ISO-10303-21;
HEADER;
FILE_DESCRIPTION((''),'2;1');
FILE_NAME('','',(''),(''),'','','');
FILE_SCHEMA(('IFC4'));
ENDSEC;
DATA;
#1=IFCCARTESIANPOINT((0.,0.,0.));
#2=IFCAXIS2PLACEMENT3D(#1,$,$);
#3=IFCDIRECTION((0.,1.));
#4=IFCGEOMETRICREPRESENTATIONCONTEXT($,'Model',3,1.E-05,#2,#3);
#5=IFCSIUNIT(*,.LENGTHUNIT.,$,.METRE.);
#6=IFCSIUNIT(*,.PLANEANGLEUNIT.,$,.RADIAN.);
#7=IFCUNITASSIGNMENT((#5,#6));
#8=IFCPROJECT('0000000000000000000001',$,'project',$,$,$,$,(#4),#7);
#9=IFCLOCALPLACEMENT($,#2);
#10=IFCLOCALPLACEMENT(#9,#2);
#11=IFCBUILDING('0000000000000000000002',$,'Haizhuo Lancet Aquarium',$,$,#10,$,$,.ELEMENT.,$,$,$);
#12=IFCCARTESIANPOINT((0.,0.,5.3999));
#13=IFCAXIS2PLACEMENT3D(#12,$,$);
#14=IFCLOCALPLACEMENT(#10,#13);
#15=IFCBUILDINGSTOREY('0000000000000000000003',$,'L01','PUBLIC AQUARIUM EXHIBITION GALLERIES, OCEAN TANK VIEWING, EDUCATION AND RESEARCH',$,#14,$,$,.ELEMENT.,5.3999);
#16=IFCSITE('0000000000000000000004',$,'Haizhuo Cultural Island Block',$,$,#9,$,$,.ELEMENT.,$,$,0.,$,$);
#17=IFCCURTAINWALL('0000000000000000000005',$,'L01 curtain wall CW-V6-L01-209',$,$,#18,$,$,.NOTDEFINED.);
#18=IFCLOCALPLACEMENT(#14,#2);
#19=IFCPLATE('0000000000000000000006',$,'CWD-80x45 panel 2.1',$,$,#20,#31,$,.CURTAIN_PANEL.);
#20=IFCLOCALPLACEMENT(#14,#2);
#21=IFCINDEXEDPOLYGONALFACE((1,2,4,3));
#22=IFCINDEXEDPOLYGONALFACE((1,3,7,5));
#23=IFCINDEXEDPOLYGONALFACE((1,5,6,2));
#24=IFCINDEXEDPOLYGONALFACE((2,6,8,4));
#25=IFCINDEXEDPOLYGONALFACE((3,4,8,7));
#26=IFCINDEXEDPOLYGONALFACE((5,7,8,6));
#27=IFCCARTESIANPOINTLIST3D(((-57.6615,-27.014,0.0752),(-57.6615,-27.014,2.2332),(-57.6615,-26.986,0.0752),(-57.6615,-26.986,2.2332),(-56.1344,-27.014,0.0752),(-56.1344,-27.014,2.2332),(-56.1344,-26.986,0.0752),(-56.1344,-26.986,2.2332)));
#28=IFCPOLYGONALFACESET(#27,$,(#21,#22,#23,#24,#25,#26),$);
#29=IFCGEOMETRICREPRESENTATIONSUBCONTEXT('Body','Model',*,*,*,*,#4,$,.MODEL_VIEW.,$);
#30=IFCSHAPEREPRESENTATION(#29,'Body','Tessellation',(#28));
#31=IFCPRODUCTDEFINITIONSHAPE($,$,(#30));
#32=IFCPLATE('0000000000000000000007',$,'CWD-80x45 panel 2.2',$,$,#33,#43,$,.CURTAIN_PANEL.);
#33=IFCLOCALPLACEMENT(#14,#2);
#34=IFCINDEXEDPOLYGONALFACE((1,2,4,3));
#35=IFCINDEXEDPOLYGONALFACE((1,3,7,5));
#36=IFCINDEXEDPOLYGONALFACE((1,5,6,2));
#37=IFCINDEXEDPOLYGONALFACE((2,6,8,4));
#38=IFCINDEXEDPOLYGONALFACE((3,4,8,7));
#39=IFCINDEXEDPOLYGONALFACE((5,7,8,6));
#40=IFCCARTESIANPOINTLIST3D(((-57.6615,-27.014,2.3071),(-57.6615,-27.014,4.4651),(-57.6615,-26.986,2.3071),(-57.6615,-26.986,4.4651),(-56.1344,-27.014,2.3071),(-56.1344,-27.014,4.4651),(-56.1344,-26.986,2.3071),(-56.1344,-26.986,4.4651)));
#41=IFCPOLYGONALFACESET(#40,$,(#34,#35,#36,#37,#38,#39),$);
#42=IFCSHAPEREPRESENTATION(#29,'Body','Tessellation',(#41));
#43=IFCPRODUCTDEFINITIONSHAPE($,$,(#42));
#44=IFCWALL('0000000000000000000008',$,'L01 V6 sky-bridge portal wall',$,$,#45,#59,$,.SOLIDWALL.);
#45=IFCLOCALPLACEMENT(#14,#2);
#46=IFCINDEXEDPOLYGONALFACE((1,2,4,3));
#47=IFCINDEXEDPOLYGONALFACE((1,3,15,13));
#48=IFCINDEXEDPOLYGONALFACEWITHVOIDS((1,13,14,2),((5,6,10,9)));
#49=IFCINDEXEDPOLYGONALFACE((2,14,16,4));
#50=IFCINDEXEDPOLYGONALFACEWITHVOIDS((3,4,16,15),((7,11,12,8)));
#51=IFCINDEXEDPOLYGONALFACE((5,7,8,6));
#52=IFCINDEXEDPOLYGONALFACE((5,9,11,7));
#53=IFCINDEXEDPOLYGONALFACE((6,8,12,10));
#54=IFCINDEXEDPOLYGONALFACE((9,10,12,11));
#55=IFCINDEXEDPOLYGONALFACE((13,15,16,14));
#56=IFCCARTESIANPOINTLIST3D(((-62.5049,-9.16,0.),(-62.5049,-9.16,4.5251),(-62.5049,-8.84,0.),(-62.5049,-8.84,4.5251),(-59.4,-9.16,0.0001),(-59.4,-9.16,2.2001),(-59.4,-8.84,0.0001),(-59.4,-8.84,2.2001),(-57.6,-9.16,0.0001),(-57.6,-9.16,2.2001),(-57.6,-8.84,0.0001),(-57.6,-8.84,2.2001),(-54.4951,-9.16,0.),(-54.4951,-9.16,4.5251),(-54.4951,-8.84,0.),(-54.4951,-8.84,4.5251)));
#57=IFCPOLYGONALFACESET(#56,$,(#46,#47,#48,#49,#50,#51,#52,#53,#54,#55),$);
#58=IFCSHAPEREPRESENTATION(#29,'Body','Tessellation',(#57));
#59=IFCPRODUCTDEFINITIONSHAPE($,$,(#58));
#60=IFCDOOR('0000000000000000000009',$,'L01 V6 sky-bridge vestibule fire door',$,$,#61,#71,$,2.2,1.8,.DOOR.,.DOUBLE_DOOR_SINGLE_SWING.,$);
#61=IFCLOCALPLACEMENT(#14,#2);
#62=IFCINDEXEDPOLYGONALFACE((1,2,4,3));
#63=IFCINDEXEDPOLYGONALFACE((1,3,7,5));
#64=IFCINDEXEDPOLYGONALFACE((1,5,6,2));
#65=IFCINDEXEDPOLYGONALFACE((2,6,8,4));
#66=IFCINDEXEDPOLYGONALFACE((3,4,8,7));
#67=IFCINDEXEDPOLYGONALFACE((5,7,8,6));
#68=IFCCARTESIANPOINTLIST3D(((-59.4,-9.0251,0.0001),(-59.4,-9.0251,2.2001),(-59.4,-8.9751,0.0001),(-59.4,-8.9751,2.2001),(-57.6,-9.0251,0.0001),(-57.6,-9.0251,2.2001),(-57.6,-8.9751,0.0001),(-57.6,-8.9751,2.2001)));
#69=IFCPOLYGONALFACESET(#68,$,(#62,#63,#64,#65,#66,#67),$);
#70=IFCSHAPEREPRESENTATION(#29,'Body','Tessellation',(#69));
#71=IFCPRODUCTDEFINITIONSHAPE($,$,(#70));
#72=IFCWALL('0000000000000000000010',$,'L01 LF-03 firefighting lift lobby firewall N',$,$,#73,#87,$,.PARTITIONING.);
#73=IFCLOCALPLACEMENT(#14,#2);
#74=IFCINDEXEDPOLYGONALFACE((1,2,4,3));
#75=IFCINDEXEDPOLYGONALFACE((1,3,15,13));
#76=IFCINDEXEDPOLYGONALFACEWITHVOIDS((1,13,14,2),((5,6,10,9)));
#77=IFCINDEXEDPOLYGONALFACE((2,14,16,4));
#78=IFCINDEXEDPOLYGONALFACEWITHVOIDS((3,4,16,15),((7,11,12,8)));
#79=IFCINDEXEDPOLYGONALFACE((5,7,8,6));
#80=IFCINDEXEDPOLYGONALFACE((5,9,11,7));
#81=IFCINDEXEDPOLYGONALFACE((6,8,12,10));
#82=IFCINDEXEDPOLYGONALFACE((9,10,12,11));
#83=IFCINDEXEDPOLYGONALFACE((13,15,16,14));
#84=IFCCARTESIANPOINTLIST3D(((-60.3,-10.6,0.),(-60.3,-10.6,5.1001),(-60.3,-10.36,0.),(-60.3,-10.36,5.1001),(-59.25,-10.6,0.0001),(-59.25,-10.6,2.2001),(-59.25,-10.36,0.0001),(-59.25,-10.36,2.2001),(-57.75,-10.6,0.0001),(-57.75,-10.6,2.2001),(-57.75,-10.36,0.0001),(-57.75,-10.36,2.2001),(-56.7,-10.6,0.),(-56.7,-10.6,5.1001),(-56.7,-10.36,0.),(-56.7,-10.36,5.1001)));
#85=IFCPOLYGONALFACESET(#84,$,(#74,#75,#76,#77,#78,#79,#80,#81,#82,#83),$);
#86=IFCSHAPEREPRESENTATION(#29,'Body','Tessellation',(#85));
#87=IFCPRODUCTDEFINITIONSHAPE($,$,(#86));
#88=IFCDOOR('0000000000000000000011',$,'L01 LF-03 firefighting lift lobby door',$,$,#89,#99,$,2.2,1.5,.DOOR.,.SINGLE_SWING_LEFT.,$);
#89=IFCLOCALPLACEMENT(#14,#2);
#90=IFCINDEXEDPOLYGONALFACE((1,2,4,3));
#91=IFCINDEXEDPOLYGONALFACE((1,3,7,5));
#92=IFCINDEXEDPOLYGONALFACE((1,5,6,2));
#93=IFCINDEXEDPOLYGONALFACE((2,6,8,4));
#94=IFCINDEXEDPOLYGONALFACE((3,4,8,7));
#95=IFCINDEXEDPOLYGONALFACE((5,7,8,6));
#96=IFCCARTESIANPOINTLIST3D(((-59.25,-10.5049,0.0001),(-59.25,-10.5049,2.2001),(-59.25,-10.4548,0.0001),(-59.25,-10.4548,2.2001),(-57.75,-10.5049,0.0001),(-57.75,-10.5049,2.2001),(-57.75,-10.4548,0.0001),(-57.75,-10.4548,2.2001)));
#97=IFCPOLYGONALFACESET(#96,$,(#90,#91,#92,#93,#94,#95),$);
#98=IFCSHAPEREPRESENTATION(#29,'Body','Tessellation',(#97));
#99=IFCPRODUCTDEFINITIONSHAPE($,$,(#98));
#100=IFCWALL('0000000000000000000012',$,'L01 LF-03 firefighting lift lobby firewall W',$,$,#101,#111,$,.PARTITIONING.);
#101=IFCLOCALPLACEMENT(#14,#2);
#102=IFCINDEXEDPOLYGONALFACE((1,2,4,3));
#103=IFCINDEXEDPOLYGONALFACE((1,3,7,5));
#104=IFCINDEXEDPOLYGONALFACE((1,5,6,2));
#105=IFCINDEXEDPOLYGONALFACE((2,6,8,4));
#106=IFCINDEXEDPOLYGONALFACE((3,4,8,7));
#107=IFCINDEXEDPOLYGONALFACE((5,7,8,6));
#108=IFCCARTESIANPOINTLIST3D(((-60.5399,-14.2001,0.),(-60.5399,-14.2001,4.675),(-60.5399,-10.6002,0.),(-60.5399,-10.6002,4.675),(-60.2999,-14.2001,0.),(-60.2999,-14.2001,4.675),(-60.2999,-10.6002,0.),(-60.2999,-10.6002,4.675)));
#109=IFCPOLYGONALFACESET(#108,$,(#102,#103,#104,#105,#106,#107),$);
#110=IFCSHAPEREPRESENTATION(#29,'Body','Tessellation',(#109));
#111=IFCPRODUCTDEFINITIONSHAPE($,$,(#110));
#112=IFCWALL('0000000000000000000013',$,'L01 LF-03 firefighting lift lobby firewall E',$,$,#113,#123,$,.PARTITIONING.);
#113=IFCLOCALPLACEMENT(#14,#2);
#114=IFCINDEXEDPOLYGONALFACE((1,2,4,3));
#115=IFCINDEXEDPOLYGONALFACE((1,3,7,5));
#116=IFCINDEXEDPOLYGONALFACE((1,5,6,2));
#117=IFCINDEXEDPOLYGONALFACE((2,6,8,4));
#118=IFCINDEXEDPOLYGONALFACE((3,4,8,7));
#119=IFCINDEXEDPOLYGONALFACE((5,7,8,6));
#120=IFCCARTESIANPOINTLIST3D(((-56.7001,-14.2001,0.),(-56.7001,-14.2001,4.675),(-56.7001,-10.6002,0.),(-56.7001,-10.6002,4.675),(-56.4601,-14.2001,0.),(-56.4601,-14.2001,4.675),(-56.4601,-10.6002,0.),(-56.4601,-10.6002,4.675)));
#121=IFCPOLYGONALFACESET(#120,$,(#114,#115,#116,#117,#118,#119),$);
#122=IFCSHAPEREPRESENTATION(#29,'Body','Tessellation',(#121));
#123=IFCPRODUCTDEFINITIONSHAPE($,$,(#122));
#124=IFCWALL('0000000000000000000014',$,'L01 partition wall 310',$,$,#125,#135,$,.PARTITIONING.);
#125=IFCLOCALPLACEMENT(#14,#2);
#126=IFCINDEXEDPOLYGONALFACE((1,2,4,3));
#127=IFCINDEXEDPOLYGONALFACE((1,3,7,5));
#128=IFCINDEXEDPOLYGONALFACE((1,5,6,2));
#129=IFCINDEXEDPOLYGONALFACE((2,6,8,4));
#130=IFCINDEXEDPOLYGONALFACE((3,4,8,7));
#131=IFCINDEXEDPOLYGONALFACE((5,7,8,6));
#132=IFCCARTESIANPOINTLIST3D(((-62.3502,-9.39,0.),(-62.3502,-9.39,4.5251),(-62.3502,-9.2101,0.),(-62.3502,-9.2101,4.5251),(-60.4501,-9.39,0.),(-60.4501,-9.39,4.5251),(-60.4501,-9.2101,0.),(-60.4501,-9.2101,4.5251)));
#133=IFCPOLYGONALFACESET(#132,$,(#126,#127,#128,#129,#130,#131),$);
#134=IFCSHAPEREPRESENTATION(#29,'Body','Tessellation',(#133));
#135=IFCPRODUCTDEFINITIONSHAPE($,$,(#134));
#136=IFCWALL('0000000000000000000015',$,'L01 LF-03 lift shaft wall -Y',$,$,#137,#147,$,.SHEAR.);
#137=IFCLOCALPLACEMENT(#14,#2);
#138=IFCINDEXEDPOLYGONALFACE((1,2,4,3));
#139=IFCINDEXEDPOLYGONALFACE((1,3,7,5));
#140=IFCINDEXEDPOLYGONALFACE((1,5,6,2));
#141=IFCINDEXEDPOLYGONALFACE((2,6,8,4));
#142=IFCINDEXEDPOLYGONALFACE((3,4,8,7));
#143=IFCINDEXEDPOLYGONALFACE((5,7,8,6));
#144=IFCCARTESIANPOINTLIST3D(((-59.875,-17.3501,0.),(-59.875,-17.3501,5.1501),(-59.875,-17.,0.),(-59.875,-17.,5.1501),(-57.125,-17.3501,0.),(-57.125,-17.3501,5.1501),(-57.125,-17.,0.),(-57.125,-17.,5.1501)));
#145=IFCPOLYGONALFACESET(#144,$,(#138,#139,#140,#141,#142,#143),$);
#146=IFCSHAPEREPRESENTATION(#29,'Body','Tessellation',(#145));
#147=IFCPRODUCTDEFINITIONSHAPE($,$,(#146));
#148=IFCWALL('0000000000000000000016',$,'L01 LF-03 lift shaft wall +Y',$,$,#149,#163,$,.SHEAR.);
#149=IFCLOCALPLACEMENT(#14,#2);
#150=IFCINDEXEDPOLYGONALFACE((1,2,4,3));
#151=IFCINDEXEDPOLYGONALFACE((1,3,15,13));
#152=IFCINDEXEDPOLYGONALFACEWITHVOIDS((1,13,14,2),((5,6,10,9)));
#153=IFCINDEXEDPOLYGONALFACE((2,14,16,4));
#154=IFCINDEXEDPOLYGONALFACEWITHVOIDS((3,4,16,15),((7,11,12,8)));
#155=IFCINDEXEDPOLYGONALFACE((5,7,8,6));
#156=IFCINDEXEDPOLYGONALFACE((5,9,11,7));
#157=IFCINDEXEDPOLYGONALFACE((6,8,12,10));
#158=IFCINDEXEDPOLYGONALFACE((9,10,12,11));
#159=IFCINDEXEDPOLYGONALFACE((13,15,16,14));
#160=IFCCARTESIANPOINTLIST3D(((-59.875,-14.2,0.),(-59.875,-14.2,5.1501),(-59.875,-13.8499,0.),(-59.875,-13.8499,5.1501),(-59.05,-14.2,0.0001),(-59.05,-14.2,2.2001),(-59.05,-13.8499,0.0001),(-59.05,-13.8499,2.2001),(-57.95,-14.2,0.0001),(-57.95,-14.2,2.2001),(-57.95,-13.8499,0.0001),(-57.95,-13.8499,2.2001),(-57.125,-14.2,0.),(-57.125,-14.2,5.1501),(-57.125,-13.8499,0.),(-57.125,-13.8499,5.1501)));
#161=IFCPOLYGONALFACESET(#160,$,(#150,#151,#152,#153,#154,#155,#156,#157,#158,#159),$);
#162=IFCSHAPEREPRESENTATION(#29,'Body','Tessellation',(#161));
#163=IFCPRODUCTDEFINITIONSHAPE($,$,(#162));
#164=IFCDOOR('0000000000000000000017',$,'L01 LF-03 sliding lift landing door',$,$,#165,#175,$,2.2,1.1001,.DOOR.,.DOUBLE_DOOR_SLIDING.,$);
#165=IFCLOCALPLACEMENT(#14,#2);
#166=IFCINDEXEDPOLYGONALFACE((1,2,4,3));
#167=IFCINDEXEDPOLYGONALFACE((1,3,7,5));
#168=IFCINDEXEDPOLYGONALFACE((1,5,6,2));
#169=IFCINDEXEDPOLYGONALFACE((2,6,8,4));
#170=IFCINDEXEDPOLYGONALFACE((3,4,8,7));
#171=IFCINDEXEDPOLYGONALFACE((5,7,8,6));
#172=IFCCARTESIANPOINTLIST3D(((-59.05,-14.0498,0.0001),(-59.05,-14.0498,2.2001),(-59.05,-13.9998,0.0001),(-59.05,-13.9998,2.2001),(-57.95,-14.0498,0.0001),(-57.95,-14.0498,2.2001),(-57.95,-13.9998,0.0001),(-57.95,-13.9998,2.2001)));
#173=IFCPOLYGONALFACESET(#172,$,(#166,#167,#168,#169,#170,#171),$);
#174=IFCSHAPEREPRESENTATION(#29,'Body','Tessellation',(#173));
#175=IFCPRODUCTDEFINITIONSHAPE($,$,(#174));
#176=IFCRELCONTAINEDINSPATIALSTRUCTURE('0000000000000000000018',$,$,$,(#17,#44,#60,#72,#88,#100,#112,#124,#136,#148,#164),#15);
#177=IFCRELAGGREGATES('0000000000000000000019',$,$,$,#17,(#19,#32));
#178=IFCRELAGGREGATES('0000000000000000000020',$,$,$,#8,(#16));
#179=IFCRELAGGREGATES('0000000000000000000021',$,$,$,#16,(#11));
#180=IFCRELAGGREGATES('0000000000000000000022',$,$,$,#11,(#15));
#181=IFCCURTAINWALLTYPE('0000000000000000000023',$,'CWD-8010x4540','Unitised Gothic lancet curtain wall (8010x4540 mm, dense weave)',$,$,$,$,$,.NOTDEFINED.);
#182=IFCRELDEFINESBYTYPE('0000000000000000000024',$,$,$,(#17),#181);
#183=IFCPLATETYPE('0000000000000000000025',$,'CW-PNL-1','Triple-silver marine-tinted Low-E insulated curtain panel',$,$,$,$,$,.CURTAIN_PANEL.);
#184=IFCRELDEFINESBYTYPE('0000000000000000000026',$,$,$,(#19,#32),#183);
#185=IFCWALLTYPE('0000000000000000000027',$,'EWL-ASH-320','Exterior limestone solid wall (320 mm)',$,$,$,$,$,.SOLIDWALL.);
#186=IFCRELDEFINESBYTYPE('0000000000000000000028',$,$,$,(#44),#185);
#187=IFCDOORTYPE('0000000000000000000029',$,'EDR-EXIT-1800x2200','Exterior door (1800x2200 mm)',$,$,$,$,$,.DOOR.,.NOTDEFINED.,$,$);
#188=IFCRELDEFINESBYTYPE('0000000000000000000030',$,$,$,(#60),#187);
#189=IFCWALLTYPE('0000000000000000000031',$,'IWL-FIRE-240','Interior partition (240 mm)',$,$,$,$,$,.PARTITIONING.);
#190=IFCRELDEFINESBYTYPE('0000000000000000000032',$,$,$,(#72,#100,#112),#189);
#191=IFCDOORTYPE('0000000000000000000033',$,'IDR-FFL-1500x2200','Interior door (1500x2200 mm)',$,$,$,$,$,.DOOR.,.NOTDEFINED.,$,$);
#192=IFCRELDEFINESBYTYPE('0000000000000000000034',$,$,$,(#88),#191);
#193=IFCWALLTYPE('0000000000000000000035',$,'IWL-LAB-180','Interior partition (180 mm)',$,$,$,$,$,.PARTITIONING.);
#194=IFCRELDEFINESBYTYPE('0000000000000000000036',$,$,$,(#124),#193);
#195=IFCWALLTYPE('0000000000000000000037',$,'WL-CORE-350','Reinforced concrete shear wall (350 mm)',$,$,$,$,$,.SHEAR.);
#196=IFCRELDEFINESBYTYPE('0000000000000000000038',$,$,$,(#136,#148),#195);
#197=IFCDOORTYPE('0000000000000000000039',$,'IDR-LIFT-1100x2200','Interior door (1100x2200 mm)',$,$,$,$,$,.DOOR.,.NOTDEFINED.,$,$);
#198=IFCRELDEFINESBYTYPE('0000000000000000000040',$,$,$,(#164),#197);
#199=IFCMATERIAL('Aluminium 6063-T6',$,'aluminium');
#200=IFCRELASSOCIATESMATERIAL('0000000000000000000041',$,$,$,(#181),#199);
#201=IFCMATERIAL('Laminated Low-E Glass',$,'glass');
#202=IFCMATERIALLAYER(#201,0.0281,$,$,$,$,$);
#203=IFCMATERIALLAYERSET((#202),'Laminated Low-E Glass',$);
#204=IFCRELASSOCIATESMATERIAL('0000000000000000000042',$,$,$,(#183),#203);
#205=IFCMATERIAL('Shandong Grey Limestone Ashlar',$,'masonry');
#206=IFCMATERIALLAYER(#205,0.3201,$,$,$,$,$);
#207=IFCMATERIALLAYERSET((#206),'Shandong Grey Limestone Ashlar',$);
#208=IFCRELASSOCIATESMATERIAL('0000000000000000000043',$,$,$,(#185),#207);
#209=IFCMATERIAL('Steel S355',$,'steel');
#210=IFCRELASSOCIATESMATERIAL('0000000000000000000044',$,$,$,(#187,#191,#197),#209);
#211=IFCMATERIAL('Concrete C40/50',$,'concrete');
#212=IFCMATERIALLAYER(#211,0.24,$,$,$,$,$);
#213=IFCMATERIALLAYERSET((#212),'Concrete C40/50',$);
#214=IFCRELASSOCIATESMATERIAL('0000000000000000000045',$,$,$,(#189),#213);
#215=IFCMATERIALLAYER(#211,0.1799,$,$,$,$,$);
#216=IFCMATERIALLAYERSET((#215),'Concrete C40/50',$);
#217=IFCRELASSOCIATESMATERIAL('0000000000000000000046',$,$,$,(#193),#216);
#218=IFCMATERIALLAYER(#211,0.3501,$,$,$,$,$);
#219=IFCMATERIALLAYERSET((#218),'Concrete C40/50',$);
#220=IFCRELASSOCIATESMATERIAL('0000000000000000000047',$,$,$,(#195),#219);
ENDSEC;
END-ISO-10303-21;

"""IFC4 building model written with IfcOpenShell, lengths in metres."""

from ifc_helpers import new_model, si_unit, direction, frame, frame_2d, origin, origin_2d, place, context, subcontext, project, spatial, rectangle, extrude, material, layer, layer_set, type_object, element, fill, aggregate, save


model = new_model("IFC4")

# Units and contexts
model_context = context("Model", 3, precision=1e-05, world=origin(), true_north=direction((0.0, 1.0)))
body_context = subcontext(model_context, "Body", "Model", "MODEL_VIEW")
ifc_project = project(units=[si_unit("LENGTHUNIT", "METRE"), si_unit("PLANEANGLEUNIT", "RADIAN")], contexts=[model_context])

# Site, building, storey
site_placement = place(None, origin())
site = spatial("IfcSite", under=ifc_project, at=site_placement, Name="Haizhuo Cultural Island Block", CompositionType="ELEMENT", RefElevation=0.0)
building_placement = place(site_placement, origin())
building = spatial("IfcBuilding", under=site, at=building_placement, Name="Haizhuo Lancet Aquarium", CompositionType="ELEMENT")
storey_placement = place(building_placement, frame((0.0, 0.0, 5.3999)))
storey = spatial("IfcBuildingStorey", under=building, at=storey_placement, Name="L01", Description="PUBLIC AQUARIUM EXHIBITION GALLERIES, OCEAN TANK VIEWING, EDUCATION AND RESEARCH", CompositionType="ELEMENT", Elevation=5.3999)

# Curtain wall
ifc_material_1 = material(Name="Aluminium 6063-T6", Category="aluminium")
curtain_wall_type = type_object("IfcCurtainWallType", Name="CWD-8010x4540", Description="Unitised Gothic lancet curtain wall (8010x4540 mm, dense weave)", PredefinedType="NOTDEFINED", material=ifc_material_1)
curtain_wall_placement = place(storey_placement, origin())
curtain_wall = element("IfcCurtainWall", 1, at=curtain_wall_placement, inside=storey, type_object=curtain_wall_type, Name="L01 curtain wall CW-V6-L01-209", PredefinedType="NOTDEFINED")

# Shared definitions
ifc_material_2 = material(Name="Steel S355", Category="steel")

# Plates
ifc_material_3 = material(Name="Laminated Low-E Glass", Category="glass")
ifc_layer_1 = layer(ifc_material_3, 0.0281)
ifc_layer_set_1 = layer_set([ifc_layer_1], Name="Laminated Low-E Glass")
plate_type = type_object("IfcPlateType", Name="CW-PNL-1", Description="Triple-silver marine-tinted Low-E insulated curtain panel", PredefinedType="CURTAIN_PANEL", material=ifc_layer_set_1)
plate_1_placement = place(storey_placement, frame((-56.8979, -27.0, 0.0752), z_axis=(0.0, 0.0, 1.0), x_axis=(-1.0, 0.0, 0.0)))
plate_1 = element("IfcPlate", 2, at=plate_1_placement, type_object=plate_type, Name="CWD-80x45 panel 2.1", PredefinedType="CURTAIN_PANEL", context=body_context, shape_type="SweptSolid", body=[
    extrude(rectangle(XDim=1.5271, YDim=0.0281, at=origin_2d()), origin(), (0.0, 0.0, 1.0), 2.158),
])
plate_2_placement = place(storey_placement, frame((-56.8979, -27.0, 2.3071), z_axis=(0.0, 0.0, 1.0), x_axis=(-1.0, 0.0, 0.0)))
plate_2 = element("IfcPlate", 3, at=plate_2_placement, type_object=plate_type, Name="CWD-80x45 panel 2.2", PredefinedType="CURTAIN_PANEL", context=body_context, shape_type="SweptSolid", body=[
    extrude(rectangle(XDim=1.5271, YDim=0.0281, at=origin_2d()), origin(), (0.0, 0.0, 1.0), 2.158),
])
aggregate(curtain_wall, [plate_1, plate_2])

# Walls, openings, doors
ifc_material_4 = material(Name="Shandong Grey Limestone Ashlar", Category="masonry")
ifc_layer_2 = layer(ifc_material_4, 0.3201)
ifc_layer_set_2 = layer_set([ifc_layer_2], Name="Shandong Grey Limestone Ashlar")
wall_type_1 = type_object("IfcWallType", Name="EWL-ASH-320", Description="Exterior limestone solid wall (320 mm)", PredefinedType="SOLIDWALL", material=ifc_layer_set_2)
wall_1_placement = place(storey_placement, frame((-62.5049, -9.0, 0.0), z_axis=(0.0, 0.0, 1.0), x_axis=(1.0, 0.0, 0.0)))
wall_1 = element("IfcWall", 4, at=wall_1_placement, inside=storey, type_object=wall_type_1, Name="L01 V6 sky-bridge portal wall", PredefinedType="SOLIDWALL", context=body_context, shape_type="SweptSolid", body=[
    extrude(rectangle(XDim=8.0098, YDim=0.3201, at=frame_2d((4.0049, 0.0))), origin(), (0.0, 0.0, 1.0), 4.5251),
])
opening_1_placement = place(wall_1_placement, frame((3.105, 0.0, 0.0)))
opening_1 = element("IfcOpeningElement", 5, at=opening_1_placement, cuts=wall_1, PredefinedType="OPENING", context=body_context, shape_type="SweptSolid", body=[
    extrude(rectangle(XDim=1.8, YDim=2.2, at=frame_2d((0.8999, 1.1001))), frame((0.0, 0.1699, 0.0), z_axis=(0.0, -1.0, 0.0), x_axis=(1.0, 0.0, 0.0)), (0.0, 0.0, 1.0), 0.3401),
])
door_type_1 = type_object("IfcDoorType", Name="EDR-EXIT-1800x2200", Description="Exterior door (1800x2200 mm)", OperationType="NOTDEFINED", PredefinedType="DOOR", material=ifc_material_2)
door_1_placement = place(opening_1_placement, origin())
door_1 = element("IfcDoor", 6, at=door_1_placement, inside=storey, type_object=door_type_1, Name="L01 V6 sky-bridge vestibule fire door", OperationType="DOUBLE_DOOR_SINGLE_SWING", OverallHeight=2.2, OverallWidth=1.8, PredefinedType="DOOR", context=body_context, shape_type="SweptSolid", body=[
    extrude(rectangle(XDim=1.8, YDim=2.2, at=frame_2d((0.8999, 1.1001))), frame((0.0, 0.0249, 0.0), z_axis=(0.0, -1.0, 0.0), x_axis=(1.0, 0.0, 0.0)), (0.0, 0.0, 1.0), 0.05),
])
fill(opening_1, door_1)
ifc_material_5 = material(Name="Concrete C40/50", Category="concrete")
ifc_layer_3 = layer(ifc_material_5, 0.24)
ifc_layer_set_3 = layer_set([ifc_layer_3], Name="Concrete C40/50")
wall_type_2 = type_object("IfcWallType", Name="IWL-FIRE-240", Description="Interior partition (240 mm)", PredefinedType="PARTITIONING", material=ifc_layer_set_3)
wall_2_placement = place(storey_placement, frame((-56.7, -10.48, 0.0), z_axis=(0.0, 0.0, 1.0), x_axis=(-1.0, 0.0, 0.0)))
wall_2 = element("IfcWall", 7, at=wall_2_placement, inside=storey, type_object=wall_type_2, Name="L01 LF-03 firefighting lift lobby firewall N", PredefinedType="PARTITIONING", context=body_context, shape_type="SweptSolid", body=[
    extrude(rectangle(XDim=3.6001, YDim=0.24, at=frame_2d((1.8, 0.0))), origin(), (0.0, 0.0, 1.0), 5.1001),
])
opening_2_placement = place(wall_2_placement, frame((1.05, 0.0, 0.0)))
opening_2 = element("IfcOpeningElement", 8, at=opening_2_placement, cuts=wall_2, PredefinedType="OPENING", context=body_context, shape_type="SweptSolid", body=[
    extrude(rectangle(XDim=1.5, YDim=2.2, at=frame_2d((0.75, 1.1001))), frame((0.0, 0.1299, 0.0), z_axis=(0.0, -1.0, 0.0), x_axis=(1.0, 0.0, 0.0)), (0.0, 0.0, 1.0), 0.26),
])
door_type_2 = type_object("IfcDoorType", Name="IDR-FFL-1500x2200", Description="Interior door (1500x2200 mm)", OperationType="NOTDEFINED", PredefinedType="DOOR", material=ifc_material_2)
door_2_placement = place(opening_2_placement, origin())
door_2 = element("IfcDoor", 9, at=door_2_placement, inside=storey, type_object=door_type_2, Name="L01 LF-03 firefighting lift lobby door", OperationType="SINGLE_SWING_LEFT", OverallHeight=2.2, OverallWidth=1.5, PredefinedType="DOOR", context=body_context, shape_type="SweptSolid", body=[
    extrude(rectangle(XDim=1.5, YDim=2.2, at=frame_2d((0.75, 1.1001))), frame((0.0, 0.0249, 0.0), z_axis=(0.0, -1.0, 0.0), x_axis=(1.0, 0.0, 0.0)), (0.0, 0.0, 1.0), 0.05),
])
fill(opening_2, door_2)

# Walls
for number, where, z_axis, x_axis, name in (
    (10, (-60.4199, -14.2, 0.0), (0.0, 0.0, 1.0), (0.0, 1.0, 0.0), "L01 LF-03 firefighting lift lobby firewall W"),
    (11, (-56.5801, -14.2, 0.0), (0.0, 0.0, 1.0), (0.0, 1.0, 0.0), "L01 LF-03 firefighting lift lobby firewall E"),
):
    element("IfcWall", number, at=place(storey_placement, frame(where, z_axis=z_axis, x_axis=x_axis)), inside=storey, type_object=wall_type_2, Name=name, PredefinedType="PARTITIONING", context=body_context, shape_type="SweptSolid", body=[
        extrude(rectangle(XDim=3.5999, YDim=0.24, at=frame_2d((1.7998, 0.0))), origin(), (0.0, 0.0, 1.0), 4.675),
    ])
ifc_layer_4 = layer(ifc_material_5, 0.1799)
ifc_layer_set_4 = layer_set([ifc_layer_4], Name="Concrete C40/50")
wall_type_3 = type_object("IfcWallType", Name="IWL-LAB-180", Description="Interior partition (180 mm)", PredefinedType="PARTITIONING", material=ifc_layer_set_4)
wall_3_placement = place(storey_placement, frame((-60.45, -9.3, 0.0), z_axis=(0.0, 0.0, 1.0), x_axis=(-1.0, 0.0, 0.0)))
element("IfcWall", 12, at=wall_3_placement, inside=storey, type_object=wall_type_3, Name="L01 partition wall 310", PredefinedType="PARTITIONING", context=body_context, shape_type="SweptSolid", body=[
    extrude(rectangle(XDim=1.9001, YDim=0.1799, at=frame_2d((0.9502, 0.0))), origin(), (0.0, 0.0, 1.0), 4.5251),
])
ifc_layer_5 = layer(ifc_material_5, 0.3501)
ifc_layer_set_5 = layer_set([ifc_layer_5], Name="Concrete C40/50")
wall_type_4 = type_object("IfcWallType", Name="WL-CORE-350", Description="Reinforced concrete shear wall (350 mm)", PredefinedType="SHEAR", material=ifc_layer_set_5)
wall_4_placement = place(storey_placement, frame((-59.875, -17.175, 0.0), z_axis=(0.0, 0.0, 1.0), x_axis=(1.0, 0.0, 0.0)))
element("IfcWall", 13, at=wall_4_placement, inside=storey, type_object=wall_type_4, Name="L01 LF-03 lift shaft wall -Y", PredefinedType="SHEAR", context=body_context, shape_type="SweptSolid", body=[
    extrude(rectangle(XDim=2.75, YDim=0.3501, at=frame_2d((1.375, 0.0))), origin(), (0.0, 0.0, 1.0), 5.1501),
])

# Wall, opening, door
wall_5_placement = place(storey_placement, frame((-57.125, -14.0249, 0.0), z_axis=(0.0, 0.0, 1.0), x_axis=(-1.0, 0.0, 0.0)))
wall_5 = element("IfcWall", 14, at=wall_5_placement, inside=storey, type_object=wall_type_4, Name="L01 LF-03 lift shaft wall +Y", PredefinedType="SHEAR", context=body_context, shape_type="SweptSolid", body=[
    extrude(rectangle(XDim=2.75, YDim=0.3501, at=frame_2d((1.375, 0.0))), origin(), (0.0, 0.0, 1.0), 5.1501),
])
opening_3_placement = place(wall_5_placement, frame((0.825, 0.0, 0.0)))
opening_3 = element("IfcOpeningElement", 15, at=opening_3_placement, cuts=wall_5, PredefinedType="OPENING", context=body_context, shape_type="SweptSolid", body=[
    extrude(rectangle(XDim=1.1001, YDim=2.2, at=frame_2d((0.55, 1.1001))), frame((0.0, 0.1851, 0.0), z_axis=(0.0, -1.0, 0.0), x_axis=(1.0, 0.0, 0.0)), (0.0, 0.0, 1.0), 0.3701),
])
door_type_3 = type_object("IfcDoorType", Name="IDR-LIFT-1100x2200", Description="Interior door (1100x2200 mm)", OperationType="NOTDEFINED", PredefinedType="DOOR", material=ifc_material_2)
door_3_placement = place(opening_3_placement, origin())
door_3 = element("IfcDoor", 16, at=door_3_placement, inside=storey, type_object=door_type_3, Name="L01 LF-03 sliding lift landing door", OperationType="DOUBLE_DOOR_SLIDING", OverallHeight=2.2, OverallWidth=1.1001, PredefinedType="DOOR", context=body_context, shape_type="SweptSolid", body=[
    extrude(rectangle(XDim=1.1001, YDim=2.2, at=frame_2d((0.55, 1.1001))), frame((0.0, 0.0249, 0.0), z_axis=(0.0, -1.0, 0.0), x_axis=(1.0, 0.0, 0.0)), (0.0, 0.0, 1.0), 0.05),
])
fill(opening_3, door_3)

save(model, "model.ifc")
